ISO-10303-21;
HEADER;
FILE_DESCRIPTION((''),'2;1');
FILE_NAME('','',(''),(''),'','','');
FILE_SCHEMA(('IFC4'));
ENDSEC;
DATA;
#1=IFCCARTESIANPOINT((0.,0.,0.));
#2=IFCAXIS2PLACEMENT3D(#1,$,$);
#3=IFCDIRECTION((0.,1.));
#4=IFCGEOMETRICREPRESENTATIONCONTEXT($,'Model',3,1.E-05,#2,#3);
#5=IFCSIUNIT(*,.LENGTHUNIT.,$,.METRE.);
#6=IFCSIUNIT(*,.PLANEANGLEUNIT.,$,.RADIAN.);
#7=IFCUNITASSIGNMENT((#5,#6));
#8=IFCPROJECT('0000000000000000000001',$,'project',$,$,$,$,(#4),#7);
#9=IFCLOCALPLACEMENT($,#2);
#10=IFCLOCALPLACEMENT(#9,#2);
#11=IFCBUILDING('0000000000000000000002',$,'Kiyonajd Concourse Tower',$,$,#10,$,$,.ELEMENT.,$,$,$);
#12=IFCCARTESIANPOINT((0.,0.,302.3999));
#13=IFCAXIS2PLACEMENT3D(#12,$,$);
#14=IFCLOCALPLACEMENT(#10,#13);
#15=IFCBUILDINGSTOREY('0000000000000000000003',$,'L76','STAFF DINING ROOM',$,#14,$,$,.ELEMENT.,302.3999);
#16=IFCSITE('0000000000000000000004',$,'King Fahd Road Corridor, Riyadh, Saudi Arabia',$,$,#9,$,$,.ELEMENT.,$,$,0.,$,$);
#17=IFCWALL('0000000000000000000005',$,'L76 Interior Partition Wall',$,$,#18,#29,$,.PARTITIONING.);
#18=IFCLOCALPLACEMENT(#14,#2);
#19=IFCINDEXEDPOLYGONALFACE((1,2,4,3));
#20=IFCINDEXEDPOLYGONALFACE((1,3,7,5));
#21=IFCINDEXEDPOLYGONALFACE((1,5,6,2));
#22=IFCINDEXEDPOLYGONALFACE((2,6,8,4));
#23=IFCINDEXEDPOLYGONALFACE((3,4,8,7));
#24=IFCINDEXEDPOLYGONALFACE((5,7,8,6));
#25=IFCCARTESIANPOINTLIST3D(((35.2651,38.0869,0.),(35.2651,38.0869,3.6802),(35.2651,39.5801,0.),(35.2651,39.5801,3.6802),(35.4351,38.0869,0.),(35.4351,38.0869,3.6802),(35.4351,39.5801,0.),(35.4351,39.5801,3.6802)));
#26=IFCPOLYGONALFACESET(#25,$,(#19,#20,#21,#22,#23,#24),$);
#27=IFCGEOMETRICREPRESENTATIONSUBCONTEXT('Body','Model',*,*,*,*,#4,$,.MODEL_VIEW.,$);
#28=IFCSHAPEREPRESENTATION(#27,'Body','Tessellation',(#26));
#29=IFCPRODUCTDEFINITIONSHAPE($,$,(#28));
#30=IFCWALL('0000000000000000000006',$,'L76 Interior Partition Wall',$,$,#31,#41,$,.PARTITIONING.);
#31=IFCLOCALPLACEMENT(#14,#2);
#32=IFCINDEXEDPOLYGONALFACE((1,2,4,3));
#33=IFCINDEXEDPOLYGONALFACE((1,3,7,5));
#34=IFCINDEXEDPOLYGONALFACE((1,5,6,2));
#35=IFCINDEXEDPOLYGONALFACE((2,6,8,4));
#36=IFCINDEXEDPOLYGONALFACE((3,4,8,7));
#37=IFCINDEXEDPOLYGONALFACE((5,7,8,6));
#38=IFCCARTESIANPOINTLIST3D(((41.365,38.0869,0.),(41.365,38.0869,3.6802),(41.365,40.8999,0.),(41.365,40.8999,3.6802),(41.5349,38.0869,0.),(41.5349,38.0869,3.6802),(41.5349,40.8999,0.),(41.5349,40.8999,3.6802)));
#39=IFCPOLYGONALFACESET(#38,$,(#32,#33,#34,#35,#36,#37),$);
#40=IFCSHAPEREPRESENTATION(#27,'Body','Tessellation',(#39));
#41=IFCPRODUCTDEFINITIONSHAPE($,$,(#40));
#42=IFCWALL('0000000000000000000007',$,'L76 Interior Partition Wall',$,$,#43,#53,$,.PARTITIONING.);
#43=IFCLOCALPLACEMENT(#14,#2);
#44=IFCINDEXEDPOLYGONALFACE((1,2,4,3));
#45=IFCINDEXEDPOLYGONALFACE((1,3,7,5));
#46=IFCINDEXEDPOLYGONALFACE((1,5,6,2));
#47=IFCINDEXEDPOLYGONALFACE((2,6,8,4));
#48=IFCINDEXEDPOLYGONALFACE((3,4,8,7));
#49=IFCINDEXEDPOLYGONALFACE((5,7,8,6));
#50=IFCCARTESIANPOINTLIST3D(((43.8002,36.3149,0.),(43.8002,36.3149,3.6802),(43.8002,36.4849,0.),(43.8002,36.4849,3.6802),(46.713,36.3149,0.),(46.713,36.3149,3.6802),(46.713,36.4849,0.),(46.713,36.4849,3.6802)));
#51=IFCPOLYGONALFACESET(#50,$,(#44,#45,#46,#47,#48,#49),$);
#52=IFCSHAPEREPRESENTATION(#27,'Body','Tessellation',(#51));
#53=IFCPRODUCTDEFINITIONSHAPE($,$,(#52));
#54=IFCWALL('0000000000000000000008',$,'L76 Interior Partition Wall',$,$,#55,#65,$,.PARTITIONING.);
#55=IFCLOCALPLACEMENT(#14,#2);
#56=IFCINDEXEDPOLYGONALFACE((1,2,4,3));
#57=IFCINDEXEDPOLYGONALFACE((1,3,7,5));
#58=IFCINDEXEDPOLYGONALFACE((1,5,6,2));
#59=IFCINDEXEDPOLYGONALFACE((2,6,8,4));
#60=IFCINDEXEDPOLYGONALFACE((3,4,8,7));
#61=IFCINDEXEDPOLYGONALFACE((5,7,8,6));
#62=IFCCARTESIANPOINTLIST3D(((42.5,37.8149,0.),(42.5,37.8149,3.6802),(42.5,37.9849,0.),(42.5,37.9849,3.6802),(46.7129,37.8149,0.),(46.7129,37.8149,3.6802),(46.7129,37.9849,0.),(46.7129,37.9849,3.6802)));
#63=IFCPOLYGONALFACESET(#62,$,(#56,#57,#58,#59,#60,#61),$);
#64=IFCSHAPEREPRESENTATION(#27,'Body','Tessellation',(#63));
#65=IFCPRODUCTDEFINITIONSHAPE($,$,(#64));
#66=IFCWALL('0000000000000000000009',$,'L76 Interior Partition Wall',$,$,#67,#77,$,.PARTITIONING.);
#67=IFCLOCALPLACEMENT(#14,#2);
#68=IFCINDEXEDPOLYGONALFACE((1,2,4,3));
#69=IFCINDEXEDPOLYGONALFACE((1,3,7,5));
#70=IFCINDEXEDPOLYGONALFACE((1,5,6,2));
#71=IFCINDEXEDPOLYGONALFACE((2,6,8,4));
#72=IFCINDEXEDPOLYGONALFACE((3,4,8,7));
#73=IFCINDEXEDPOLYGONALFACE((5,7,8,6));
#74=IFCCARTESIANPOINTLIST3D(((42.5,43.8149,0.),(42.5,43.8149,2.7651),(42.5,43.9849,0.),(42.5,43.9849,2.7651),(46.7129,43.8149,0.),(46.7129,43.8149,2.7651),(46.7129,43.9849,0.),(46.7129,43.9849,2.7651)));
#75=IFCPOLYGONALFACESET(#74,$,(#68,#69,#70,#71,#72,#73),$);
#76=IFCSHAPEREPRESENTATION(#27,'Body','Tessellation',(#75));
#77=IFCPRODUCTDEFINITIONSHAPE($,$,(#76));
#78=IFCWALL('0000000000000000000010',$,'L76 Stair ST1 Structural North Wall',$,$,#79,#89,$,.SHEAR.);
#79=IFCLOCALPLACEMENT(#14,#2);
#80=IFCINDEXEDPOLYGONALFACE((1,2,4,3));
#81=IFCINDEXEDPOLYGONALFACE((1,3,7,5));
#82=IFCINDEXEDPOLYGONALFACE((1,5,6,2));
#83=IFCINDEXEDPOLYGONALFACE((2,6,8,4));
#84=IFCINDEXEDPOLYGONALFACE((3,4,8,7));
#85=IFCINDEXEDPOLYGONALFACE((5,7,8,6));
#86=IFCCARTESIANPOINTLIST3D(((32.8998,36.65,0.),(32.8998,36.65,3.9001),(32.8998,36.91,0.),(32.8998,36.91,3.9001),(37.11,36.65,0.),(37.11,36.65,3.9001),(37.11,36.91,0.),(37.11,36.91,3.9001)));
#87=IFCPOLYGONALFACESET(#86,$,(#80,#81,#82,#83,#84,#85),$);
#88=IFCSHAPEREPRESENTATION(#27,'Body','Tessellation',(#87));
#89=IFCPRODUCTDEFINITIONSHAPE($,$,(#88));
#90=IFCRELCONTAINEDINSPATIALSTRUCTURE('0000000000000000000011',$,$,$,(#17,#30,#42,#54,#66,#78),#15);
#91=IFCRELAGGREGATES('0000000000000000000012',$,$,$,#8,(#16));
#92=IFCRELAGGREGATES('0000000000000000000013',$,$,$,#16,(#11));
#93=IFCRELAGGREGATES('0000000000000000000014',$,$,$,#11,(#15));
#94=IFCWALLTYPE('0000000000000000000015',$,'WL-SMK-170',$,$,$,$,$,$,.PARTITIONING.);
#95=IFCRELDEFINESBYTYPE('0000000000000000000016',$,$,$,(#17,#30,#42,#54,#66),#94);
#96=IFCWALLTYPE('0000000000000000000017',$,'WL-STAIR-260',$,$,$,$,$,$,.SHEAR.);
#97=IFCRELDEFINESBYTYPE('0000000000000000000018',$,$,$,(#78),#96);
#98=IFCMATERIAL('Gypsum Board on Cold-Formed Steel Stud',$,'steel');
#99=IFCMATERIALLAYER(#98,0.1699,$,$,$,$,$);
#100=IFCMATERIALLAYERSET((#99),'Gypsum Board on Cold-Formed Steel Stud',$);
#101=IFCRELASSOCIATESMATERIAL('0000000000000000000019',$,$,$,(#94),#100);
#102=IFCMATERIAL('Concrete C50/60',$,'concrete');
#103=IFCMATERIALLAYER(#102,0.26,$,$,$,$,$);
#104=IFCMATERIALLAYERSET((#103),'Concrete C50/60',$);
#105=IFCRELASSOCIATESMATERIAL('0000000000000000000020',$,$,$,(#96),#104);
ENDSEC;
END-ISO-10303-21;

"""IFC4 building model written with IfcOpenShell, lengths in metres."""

from ifc_helpers import new_model, si_unit, direction, frame, frame_2d, origin, place, context, subcontext, project, spatial, rectangle, extrude, material, layer, layer_set, type_object, element, save


model = new_model("IFC4")

# Units and contexts
model_context = context("Model", 3, precision=1e-05, world=origin(), true_north=direction((0.0, 1.0)))
body_context = subcontext(model_context, "Body", "Model", "MODEL_VIEW")
ifc_project = project(units=[si_unit("LENGTHUNIT", "METRE"), si_unit("PLANEANGLEUNIT", "RADIAN")], contexts=[model_context])

# Site, building, storey
site_placement = place(None, origin())
site = spatial("IfcSite", under=ifc_project, at=site_placement, Name="King Fahd Road Corridor, Riyadh, Saudi Arabia", CompositionType="ELEMENT", RefElevation=0.0)
building_placement = place(site_placement, origin())
building = spatial("IfcBuilding", under=site, at=building_placement, Name="Kiyonajd Concourse Tower", CompositionType="ELEMENT")
storey_placement = place(building_placement, frame((0.0, 0.0, 302.3999)))
storey = spatial("IfcBuildingStorey", under=building, at=storey_placement, Name="L76", Description="STAFF DINING ROOM", CompositionType="ELEMENT", Elevation=302.3999)

# Shared definitions
ifc_material_1 = material(Name="Gypsum Board on Cold-Formed Steel Stud", Category="steel")

# Shared definitions
ifc_layer_1 = layer(ifc_material_1, 0.1699)
ifc_layer_set_1 = layer_set([ifc_layer_1], Name="Gypsum Board on Cold-Formed Steel Stud")
wall_type_1 = type_object("IfcWallType", Name="WL-SMK-170", PredefinedType="PARTITIONING", material=ifc_layer_set_1)

# Walls
wall_1_placement = place(storey_placement, frame((35.3501, 38.0869, 0.0), z_axis=(0.0, 0.0, 1.0), x_axis=(0.0, 1.0, 0.0)))
element("IfcWall", 1, at=wall_1_placement, inside=storey, type_object=wall_type_1, Name="L76 Interior Partition Wall", PredefinedType="PARTITIONING", context=body_context, shape_type="SweptSolid", body=[
    extrude(rectangle(XDim=1.4932, YDim=0.1699, at=frame_2d((0.7466, 0.0))), origin(), (0.0, 0.0, 1.0), 3.6802),
])
wall_2_placement = place(storey_placement, frame((41.45, 38.0869, 0.0), z_axis=(0.0, 0.0, 1.0), x_axis=(0.0, 1.0, 0.0)))
element("IfcWall", 2, at=wall_2_placement, inside=storey, type_object=wall_type_1, Name="L76 Interior Partition Wall", PredefinedType="PARTITIONING", context=body_context, shape_type="SweptSolid", body=[
    extrude(rectangle(XDim=2.813, YDim=0.1699, at=frame_2d((1.4065, 0.0))), origin(), (0.0, 0.0, 1.0), 3.6802),
])
wall_3_placement = place(storey_placement, frame((43.8, 36.3999, 0.0), z_axis=(0.0, 0.0, 1.0), x_axis=(1.0, 0.0, 0.0)))
element("IfcWall", 3, at=wall_3_placement, inside=storey, type_object=wall_type_1, Name="L76 Interior Partition Wall", PredefinedType="PARTITIONING", context=body_context, shape_type="SweptSolid", body=[
    extrude(rectangle(XDim=2.9128, YDim=0.1699, at=frame_2d((1.4565, 0.0))), origin(), (0.0, 0.0, 1.0), 3.6802),
])
wall_4_placement = place(storey_placement, frame((42.5, 37.8999, 0.0), z_axis=(0.0, 0.0, 1.0), x_axis=(1.0, 0.0, 0.0)))
element("IfcWall", 4, at=wall_4_placement, inside=storey, type_object=wall_type_1, Name="L76 Interior Partition Wall", PredefinedType="PARTITIONING", context=body_context, shape_type="SweptSolid", body=[
    extrude(rectangle(XDim=4.2129, YDim=0.1699, at=frame_2d((2.1064, 0.0))), origin(), (0.0, 0.0, 1.0), 3.6802),
])
wall_5_placement = place(storey_placement, frame((42.5, 43.8999, 0.0), z_axis=(0.0, 0.0, 1.0), x_axis=(1.0, 0.0, 0.0)))
element("IfcWall", 5, at=wall_5_placement, inside=storey, type_object=wall_type_1, Name="L76 Interior Partition Wall", PredefinedType="PARTITIONING", context=body_context, shape_type="SweptSolid", body=[
    extrude(rectangle(XDim=4.2129, YDim=0.1699, at=frame_2d((2.1064, 0.0))), origin(), (0.0, 0.0, 1.0), 2.7651),
])
ifc_material_2 = material(Name="Concrete C50/60", Category="concrete")
ifc_layer_2 = layer(ifc_material_2, 0.26)
ifc_layer_set_2 = layer_set([ifc_layer_2], Name="Concrete C50/60")
wall_type_2 = type_object("IfcWallType", Name="WL-STAIR-260", PredefinedType="SHEAR", material=ifc_layer_set_2)
wall_6_placement = place(storey_placement, frame((32.8999, 36.78, 0.0), z_axis=(0.0, 0.0, 1.0), x_axis=(1.0, 0.0, 0.0)))
element("IfcWall", 6, at=wall_6_placement, inside=storey, type_object=wall_type_2, Name="L76 Stair ST1 Structural North Wall", PredefinedType="SHEAR", context=body_context, shape_type="SweptSolid", body=[
    extrude(rectangle(XDim=4.2102, YDim=0.26, at=frame_2d((2.105, 0.0))), origin(), (0.0, 0.0, 1.0), 3.9001),
])

save(model, "model.ifc")
